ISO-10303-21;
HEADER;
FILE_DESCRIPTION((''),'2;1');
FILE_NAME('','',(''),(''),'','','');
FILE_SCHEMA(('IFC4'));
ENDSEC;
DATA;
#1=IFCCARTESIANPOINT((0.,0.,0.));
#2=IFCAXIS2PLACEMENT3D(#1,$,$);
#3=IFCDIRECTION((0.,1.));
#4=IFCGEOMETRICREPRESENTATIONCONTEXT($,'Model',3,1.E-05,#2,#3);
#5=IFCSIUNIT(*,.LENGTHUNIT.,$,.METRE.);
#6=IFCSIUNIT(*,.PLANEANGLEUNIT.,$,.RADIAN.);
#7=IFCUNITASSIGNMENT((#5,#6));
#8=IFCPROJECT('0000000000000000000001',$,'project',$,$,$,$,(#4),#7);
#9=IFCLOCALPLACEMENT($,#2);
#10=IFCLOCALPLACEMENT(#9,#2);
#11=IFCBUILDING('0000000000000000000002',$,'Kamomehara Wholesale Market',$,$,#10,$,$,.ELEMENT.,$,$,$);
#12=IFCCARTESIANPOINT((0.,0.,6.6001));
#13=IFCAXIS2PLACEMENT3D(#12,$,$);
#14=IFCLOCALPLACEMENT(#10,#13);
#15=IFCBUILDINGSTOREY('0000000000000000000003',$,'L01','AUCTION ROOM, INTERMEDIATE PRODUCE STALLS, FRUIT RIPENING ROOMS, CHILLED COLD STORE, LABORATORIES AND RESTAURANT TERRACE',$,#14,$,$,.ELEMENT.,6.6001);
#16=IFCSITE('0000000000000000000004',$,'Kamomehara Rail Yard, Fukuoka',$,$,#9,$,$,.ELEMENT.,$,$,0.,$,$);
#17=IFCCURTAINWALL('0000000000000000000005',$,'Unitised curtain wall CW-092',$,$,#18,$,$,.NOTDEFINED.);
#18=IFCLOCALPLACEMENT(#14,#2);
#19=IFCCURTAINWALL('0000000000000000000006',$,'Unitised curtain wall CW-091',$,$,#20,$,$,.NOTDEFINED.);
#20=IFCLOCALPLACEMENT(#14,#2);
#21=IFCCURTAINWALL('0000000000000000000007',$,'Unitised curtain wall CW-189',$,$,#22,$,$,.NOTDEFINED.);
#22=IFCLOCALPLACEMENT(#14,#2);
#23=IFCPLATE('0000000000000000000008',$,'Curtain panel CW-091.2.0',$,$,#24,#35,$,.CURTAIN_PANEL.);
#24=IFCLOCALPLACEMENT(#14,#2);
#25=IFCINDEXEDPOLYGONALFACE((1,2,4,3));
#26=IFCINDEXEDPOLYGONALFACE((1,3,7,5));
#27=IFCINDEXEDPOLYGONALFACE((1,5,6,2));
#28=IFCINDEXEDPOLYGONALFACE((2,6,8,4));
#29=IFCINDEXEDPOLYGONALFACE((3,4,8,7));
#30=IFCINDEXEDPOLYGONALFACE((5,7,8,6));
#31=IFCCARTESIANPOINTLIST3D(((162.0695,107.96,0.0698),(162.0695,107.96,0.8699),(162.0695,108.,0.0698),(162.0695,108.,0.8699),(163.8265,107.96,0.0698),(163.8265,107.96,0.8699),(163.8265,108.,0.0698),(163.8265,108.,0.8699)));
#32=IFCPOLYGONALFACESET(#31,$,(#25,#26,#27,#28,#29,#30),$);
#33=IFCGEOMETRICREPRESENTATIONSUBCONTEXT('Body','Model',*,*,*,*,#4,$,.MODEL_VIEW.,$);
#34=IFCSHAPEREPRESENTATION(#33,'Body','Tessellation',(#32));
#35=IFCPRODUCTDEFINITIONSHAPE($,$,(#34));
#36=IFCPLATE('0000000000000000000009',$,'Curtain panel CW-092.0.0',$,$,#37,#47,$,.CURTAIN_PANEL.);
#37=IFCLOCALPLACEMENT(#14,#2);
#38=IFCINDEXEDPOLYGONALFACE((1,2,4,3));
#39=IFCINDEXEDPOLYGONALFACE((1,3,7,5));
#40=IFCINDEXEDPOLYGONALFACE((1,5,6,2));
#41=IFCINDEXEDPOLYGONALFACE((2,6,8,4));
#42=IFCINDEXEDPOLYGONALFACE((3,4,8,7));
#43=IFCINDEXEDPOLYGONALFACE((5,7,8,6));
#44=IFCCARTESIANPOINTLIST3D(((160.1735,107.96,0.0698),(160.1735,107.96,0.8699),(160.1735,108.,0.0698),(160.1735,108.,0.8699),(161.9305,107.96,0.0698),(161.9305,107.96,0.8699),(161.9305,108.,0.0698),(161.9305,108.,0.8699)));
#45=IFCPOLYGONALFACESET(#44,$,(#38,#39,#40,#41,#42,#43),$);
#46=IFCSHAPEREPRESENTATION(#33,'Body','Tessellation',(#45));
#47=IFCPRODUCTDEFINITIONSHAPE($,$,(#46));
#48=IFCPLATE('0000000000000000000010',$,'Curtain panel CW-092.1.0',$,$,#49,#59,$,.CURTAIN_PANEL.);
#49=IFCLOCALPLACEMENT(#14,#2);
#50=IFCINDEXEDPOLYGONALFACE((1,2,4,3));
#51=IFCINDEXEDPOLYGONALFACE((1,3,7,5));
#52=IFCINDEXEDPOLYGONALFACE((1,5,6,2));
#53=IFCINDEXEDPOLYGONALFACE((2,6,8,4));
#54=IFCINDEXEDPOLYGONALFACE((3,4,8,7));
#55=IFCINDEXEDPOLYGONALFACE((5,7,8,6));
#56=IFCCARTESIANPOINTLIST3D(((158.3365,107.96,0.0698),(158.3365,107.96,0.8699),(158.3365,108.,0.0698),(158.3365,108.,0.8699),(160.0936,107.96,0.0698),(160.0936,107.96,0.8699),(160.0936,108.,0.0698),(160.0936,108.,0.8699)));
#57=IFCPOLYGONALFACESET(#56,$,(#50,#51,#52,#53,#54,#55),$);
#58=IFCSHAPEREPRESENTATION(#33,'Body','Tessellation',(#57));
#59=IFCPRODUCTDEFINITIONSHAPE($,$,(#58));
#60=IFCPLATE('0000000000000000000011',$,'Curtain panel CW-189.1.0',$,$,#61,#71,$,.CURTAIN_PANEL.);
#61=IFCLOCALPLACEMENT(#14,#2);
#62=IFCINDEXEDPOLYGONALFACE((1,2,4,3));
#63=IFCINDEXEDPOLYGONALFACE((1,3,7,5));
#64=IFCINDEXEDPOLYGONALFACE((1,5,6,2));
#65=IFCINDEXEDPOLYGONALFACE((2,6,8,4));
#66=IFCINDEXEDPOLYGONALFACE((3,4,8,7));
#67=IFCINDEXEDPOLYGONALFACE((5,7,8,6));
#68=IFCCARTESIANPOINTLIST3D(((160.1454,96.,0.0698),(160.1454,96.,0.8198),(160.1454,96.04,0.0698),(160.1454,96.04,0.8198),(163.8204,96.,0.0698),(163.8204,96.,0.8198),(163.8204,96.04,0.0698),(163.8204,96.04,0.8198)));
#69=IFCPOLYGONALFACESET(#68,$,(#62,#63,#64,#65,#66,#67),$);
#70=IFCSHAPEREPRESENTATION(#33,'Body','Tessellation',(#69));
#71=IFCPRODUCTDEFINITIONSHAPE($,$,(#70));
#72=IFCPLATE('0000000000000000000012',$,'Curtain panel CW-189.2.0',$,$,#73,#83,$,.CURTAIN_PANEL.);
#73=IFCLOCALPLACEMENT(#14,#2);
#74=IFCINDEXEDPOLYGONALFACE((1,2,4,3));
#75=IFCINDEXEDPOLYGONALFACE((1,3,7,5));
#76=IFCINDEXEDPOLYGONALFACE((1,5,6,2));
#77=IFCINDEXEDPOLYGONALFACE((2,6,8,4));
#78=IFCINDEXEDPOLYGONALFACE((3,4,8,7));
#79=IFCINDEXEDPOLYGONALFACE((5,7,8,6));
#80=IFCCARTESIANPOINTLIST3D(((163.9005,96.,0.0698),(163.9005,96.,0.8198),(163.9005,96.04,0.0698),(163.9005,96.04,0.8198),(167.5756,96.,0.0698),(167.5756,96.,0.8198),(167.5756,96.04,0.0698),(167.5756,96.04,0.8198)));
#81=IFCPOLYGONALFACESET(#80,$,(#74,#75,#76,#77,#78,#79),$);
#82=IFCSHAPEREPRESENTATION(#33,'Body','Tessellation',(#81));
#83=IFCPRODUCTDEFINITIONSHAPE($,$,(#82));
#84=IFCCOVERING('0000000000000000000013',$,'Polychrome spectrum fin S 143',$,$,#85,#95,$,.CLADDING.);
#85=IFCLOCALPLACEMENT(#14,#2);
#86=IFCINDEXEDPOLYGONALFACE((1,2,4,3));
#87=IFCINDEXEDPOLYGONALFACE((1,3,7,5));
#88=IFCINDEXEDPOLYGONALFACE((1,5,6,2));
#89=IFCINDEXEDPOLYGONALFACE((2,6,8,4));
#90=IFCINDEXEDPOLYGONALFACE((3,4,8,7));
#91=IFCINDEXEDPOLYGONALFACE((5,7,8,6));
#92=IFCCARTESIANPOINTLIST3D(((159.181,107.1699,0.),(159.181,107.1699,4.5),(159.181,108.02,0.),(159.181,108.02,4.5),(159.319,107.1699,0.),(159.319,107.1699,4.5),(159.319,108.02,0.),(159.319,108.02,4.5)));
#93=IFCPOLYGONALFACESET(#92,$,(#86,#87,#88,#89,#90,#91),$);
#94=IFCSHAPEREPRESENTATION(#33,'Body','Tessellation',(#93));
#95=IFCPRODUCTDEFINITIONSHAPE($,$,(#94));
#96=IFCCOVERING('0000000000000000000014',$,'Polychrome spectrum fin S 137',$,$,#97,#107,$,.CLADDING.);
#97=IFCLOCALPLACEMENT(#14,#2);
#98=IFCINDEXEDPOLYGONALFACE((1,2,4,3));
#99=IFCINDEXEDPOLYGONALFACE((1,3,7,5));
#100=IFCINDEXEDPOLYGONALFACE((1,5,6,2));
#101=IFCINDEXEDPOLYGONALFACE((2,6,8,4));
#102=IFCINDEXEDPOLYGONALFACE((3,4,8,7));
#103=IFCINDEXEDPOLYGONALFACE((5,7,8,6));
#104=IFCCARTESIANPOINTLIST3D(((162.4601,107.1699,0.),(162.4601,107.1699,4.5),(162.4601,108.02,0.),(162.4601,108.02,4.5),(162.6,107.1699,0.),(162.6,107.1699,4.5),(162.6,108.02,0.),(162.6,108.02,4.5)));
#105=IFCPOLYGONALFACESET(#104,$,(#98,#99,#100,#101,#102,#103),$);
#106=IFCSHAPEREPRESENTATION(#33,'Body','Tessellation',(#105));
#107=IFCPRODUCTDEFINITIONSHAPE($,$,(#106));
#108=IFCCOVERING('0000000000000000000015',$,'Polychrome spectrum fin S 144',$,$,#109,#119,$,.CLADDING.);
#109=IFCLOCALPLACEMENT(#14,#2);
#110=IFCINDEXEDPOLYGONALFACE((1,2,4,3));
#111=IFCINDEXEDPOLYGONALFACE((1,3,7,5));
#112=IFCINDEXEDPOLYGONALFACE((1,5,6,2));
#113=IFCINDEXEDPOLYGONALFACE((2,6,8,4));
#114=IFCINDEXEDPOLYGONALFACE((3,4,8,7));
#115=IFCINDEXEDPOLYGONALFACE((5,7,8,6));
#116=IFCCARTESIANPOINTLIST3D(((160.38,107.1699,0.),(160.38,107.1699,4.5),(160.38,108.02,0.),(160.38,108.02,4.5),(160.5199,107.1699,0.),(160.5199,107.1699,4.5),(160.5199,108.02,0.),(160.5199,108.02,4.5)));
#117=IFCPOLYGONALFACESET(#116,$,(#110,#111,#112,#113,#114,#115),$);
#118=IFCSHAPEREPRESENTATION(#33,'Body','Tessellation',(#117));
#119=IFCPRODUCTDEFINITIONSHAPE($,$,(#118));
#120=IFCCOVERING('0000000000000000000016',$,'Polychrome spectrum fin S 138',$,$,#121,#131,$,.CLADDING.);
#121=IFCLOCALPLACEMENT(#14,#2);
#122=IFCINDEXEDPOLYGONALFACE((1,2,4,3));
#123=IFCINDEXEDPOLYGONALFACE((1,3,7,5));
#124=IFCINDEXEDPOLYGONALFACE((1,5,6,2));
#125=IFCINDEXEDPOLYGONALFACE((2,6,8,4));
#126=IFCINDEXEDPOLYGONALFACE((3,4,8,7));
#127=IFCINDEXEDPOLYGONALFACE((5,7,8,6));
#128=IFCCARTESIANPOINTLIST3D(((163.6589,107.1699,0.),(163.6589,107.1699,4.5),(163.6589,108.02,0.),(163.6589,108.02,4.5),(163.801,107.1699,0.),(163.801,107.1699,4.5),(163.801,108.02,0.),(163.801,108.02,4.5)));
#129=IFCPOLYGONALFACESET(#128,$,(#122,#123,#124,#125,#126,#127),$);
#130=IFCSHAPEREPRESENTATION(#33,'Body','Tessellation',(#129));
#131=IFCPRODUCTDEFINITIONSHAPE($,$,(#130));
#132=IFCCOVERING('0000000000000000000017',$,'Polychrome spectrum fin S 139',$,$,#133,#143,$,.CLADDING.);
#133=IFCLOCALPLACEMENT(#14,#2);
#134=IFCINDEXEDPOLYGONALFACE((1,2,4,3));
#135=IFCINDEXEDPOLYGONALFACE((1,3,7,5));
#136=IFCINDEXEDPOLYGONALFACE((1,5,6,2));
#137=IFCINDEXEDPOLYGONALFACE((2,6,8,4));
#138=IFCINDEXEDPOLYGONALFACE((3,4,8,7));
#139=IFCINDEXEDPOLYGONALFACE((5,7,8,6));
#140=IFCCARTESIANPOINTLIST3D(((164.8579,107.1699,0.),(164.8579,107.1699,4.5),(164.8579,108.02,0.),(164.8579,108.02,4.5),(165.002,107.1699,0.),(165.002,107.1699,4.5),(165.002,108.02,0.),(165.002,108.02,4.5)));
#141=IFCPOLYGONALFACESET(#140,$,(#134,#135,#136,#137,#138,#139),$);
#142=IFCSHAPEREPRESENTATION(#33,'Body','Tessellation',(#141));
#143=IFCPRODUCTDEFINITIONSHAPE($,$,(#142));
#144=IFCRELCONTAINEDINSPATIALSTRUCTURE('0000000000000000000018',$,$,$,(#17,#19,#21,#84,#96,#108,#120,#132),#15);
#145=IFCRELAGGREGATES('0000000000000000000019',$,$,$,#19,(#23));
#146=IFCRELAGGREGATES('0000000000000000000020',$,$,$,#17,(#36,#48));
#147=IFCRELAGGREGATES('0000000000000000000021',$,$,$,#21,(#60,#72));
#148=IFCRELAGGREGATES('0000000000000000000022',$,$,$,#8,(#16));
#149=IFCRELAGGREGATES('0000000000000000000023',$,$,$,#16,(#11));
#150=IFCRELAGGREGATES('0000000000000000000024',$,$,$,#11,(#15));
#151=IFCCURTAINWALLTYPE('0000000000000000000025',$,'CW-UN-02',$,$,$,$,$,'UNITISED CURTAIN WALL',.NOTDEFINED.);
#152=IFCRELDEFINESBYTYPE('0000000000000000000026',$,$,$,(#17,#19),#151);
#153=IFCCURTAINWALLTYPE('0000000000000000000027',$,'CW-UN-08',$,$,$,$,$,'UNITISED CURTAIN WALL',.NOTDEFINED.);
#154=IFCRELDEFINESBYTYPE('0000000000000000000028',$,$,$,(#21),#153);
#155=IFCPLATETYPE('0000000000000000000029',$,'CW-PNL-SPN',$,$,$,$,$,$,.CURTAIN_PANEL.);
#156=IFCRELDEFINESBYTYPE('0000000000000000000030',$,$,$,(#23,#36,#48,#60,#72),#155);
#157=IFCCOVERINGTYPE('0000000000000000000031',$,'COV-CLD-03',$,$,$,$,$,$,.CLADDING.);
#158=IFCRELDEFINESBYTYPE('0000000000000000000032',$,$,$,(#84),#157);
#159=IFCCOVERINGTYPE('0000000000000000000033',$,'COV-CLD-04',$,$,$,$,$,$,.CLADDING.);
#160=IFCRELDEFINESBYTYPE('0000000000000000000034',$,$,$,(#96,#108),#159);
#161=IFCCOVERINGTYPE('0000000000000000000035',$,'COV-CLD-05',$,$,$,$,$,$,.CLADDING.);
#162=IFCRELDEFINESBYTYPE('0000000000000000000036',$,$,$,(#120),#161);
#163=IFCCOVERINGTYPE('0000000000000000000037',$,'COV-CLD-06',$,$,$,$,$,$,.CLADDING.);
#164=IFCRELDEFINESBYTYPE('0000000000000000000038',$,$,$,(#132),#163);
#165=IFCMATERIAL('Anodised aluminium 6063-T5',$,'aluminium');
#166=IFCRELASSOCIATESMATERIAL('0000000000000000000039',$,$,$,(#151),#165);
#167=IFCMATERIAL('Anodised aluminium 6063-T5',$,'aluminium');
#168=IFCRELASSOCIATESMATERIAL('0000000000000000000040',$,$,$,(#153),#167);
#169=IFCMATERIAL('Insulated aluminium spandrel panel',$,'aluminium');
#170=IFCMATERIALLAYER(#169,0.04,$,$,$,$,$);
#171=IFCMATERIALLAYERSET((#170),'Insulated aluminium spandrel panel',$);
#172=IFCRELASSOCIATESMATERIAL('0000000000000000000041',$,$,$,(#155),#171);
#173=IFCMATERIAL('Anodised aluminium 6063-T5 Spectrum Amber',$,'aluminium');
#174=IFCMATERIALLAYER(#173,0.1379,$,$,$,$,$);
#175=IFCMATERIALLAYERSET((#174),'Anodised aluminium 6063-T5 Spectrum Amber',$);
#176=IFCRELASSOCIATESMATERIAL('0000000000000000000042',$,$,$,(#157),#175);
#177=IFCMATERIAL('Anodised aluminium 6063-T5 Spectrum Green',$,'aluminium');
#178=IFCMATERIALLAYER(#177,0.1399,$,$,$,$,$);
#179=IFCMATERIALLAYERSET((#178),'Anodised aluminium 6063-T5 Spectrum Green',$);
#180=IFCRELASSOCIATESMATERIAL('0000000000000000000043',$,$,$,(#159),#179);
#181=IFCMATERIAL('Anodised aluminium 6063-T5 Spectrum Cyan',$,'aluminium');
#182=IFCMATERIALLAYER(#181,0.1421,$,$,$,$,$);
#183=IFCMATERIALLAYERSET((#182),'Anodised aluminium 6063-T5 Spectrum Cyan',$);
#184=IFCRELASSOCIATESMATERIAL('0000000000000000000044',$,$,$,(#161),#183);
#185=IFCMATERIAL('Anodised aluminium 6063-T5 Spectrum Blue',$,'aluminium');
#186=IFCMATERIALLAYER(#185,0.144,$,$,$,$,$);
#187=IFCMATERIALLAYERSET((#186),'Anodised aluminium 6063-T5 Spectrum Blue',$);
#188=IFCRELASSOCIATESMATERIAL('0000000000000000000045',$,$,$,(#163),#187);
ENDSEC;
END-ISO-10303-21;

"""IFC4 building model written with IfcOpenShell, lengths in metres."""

from ifc_helpers import new_model, si_unit, direction, frame, origin, origin_2d, place, context, subcontext, project, spatial, rectangle, extrude, material, layer, layer_set, type_object, element, aggregate, save


model = new_model("IFC4")

# Units and contexts
model_context = context("Model", 3, precision=1e-05, world=origin(), true_north=direction((0.0, 1.0)))
body_context = subcontext(model_context, "Body", "Model", "MODEL_VIEW")
ifc_project = project(units=[si_unit("LENGTHUNIT", "METRE"), si_unit("PLANEANGLEUNIT", "RADIAN")], contexts=[model_context])

# Site, building, storey
site_placement = place(None, origin())
site = spatial("IfcSite", under=ifc_project, at=site_placement, Name="Kamomehara Rail Yard, Fukuoka", CompositionType="ELEMENT", RefElevation=0.0)
building_placement = place(site_placement, origin())
building = spatial("IfcBuilding", under=site, at=building_placement, Name="Kamomehara Wholesale Market", CompositionType="ELEMENT")
storey_placement = place(building_placement, frame((0.0, 0.0, 6.6001)))
storey = spatial("IfcBuildingStorey", under=building, at=storey_placement, Name="L01", Description="AUCTION ROOM, INTERMEDIATE PRODUCE STALLS, FRUIT RIPENING ROOMS, CHILLED COLD STORE, LABORATORIES AND RESTAURANT TERRACE", CompositionType="ELEMENT", Elevation=6.6001)

# Curtain wall
ifc_material_1 = material(Name="Anodised aluminium 6063-T5", Category="aluminium")
curtain_wall_type_1 = type_object("IfcCurtainWallType", Name="CW-UN-02", ElementType="UNITISED CURTAIN WALL", PredefinedType="NOTDEFINED", material=ifc_material_1)
curtain_wall_1_placement = place(storey_placement, origin())
curtain_wall_1 = element("IfcCurtainWall", 1, at=curtain_wall_1_placement, inside=storey, type_object=curtain_wall_type_1, Name="Unitised curtain wall CW-092", PredefinedType="NOTDEFINED")

# Curtain wall
curtain_wall_2_placement = place(storey_placement, origin())
curtain_wall_2 = element("IfcCurtainWall", 2, at=curtain_wall_2_placement, inside=storey, type_object=curtain_wall_type_1, Name="Unitised curtain wall CW-091", PredefinedType="NOTDEFINED")

# Curtain wall
ifc_material_2 = material(Name="Anodised aluminium 6063-T5", Category="aluminium")
curtain_wall_type_2 = type_object("IfcCurtainWallType", Name="CW-UN-08", ElementType="UNITISED CURTAIN WALL", PredefinedType="NOTDEFINED", material=ifc_material_2)
curtain_wall_3_placement = place(storey_placement, origin())
curtain_wall_3 = element("IfcCurtainWall", 3, at=curtain_wall_3_placement, inside=storey, type_object=curtain_wall_type_2, Name="Unitised curtain wall CW-189", PredefinedType="NOTDEFINED")

# Plates
ifc_material_3 = material(Name="Insulated aluminium spandrel panel", Category="aluminium")
ifc_layer_1 = layer(ifc_material_3, 0.04)
ifc_layer_set_1 = layer_set([ifc_layer_1], Name="Insulated aluminium spandrel panel")
plate_type_1 = type_object("IfcPlateType", Name="CW-PNL-SPN", PredefinedType="CURTAIN_PANEL", material=ifc_layer_set_1)
plate_1_placement = place(storey_placement, frame((162.948, 107.98, 0.0698), z_axis=(0.0, 0.0, 1.0), x_axis=(-1.0, 0.0, 0.0)))
plate_1 = element("IfcPlate", 4, at=plate_1_placement, type_object=plate_type_1, Name="Curtain panel CW-091.2.0", PredefinedType="CURTAIN_PANEL", context=body_context, shape_type="SweptSolid", body=[
    extrude(rectangle(XDim=1.7571, YDim=0.04, at=origin_2d()), origin(), (0.0, 0.0, 1.0), 0.8),
])
aggregate(curtain_wall_2, [plate_1])
plate_2_placement = place(storey_placement, frame((161.052, 107.98, 0.0698), z_axis=(0.0, 0.0, 1.0), x_axis=(-1.0, 0.0, 0.0)))
plate_2 = element("IfcPlate", 5, at=plate_2_placement, type_object=plate_type_1, Name="Curtain panel CW-092.0.0", PredefinedType="CURTAIN_PANEL", context=body_context, shape_type="SweptSolid", body=[
    extrude(rectangle(XDim=1.7571, YDim=0.04, at=origin_2d()), origin(), (0.0, 0.0, 1.0), 0.8),
])
plate_3_placement = place(storey_placement, frame((159.2151, 107.98, 0.0698), z_axis=(0.0, 0.0, 1.0), x_axis=(-1.0, 0.0, 0.0)))
plate_3 = element("IfcPlate", 6, at=plate_3_placement, type_object=plate_type_1, Name="Curtain panel CW-092.1.0", PredefinedType="CURTAIN_PANEL", context=body_context, shape_type="SweptSolid", body=[
    extrude(rectangle(XDim=1.7571, YDim=0.04, at=origin_2d()), origin(), (0.0, 0.0, 1.0), 0.8),
])
aggregate(curtain_wall_1, [plate_2, plate_3])
plate_4_placement = place(storey_placement, frame((161.9829, 96.02, 0.0698), z_axis=(0.0, 0.0, 1.0), x_axis=(1.0, 0.0, 0.0)))
plate_4 = element("IfcPlate", 7, at=plate_4_placement, type_object=plate_type_1, Name="Curtain panel CW-189.1.0", PredefinedType="CURTAIN_PANEL", context=body_context, shape_type="SweptSolid", body=[
    extrude(rectangle(XDim=3.675, YDim=0.04, at=origin_2d()), origin(), (0.0, 0.0, 1.0), 0.75),
])
plate_5_placement = place(storey_placement, frame((165.738, 96.02, 0.0698), z_axis=(0.0, 0.0, 1.0), x_axis=(1.0, 0.0, 0.0)))
plate_5 = element("IfcPlate", 8, at=plate_5_placement, type_object=plate_type_1, Name="Curtain panel CW-189.2.0", PredefinedType="CURTAIN_PANEL", context=body_context, shape_type="SweptSolid", body=[
    extrude(rectangle(XDim=3.675, YDim=0.04, at=origin_2d()), origin(), (0.0, 0.0, 1.0), 0.75),
])
aggregate(curtain_wall_3, [plate_4, plate_5])

# Coverings
ifc_material_4 = material(Name="Anodised aluminium 6063-T5 Spectrum Amber", Category="aluminium")
ifc_layer_2 = layer(ifc_material_4, 0.1379)
ifc_layer_set_2 = layer_set([ifc_layer_2], Name="Anodised aluminium 6063-T5 Spectrum Amber")
covering_type_1 = type_object("IfcCoveringType", Name="COV-CLD-03", PredefinedType="CLADDING", material=ifc_layer_set_2)
covering_1_placement = place(storey_placement, frame((159.25, 107.595, 0.0), z_axis=(0.0, 0.0, 1.0), x_axis=(1.0, 0.0, 0.0)))
element("IfcCovering", 9, at=covering_1_placement, inside=storey, type_object=covering_type_1, Name="Polychrome spectrum fin S 143", PredefinedType="CLADDING", context=body_context, shape_type="SweptSolid", body=[
    extrude(rectangle(XDim=0.1379, YDim=0.8501, at=origin_2d()), origin(), (0.0, 0.0, 1.0), 4.5),
])
ifc_material_5 = material(Name="Anodised aluminium 6063-T5 Spectrum Green", Category="aluminium")
ifc_layer_3 = layer(ifc_material_5, 0.1399)
ifc_layer_set_3 = layer_set([ifc_layer_3], Name="Anodised aluminium 6063-T5 Spectrum Green")
covering_type_2 = type_object("IfcCoveringType", Name="COV-CLD-04", PredefinedType="CLADDING", material=ifc_layer_set_3)
for number, where, z_axis, x_axis, name in (
    (10, (162.53, 107.595, 0.0), (0.0, 0.0, 1.0), (1.0, 0.0, 0.0), "Polychrome spectrum fin S 137"),
    (11, (160.45, 107.595, 0.0), (0.0, 0.0, 1.0), (1.0, 0.0, 0.0), "Polychrome spectrum fin S 144"),
):
    element("IfcCovering", number, at=place(storey_placement, frame(where, z_axis=z_axis, x_axis=x_axis)), inside=storey, type_object=covering_type_2, Name=name, PredefinedType="CLADDING", context=body_context, shape_type="SweptSolid", body=[
        extrude(rectangle(XDim=0.1399, YDim=0.8501, at=origin_2d()), origin(), (0.0, 0.0, 1.0), 4.5),
    ])
ifc_material_6 = material(Name="Anodised aluminium 6063-T5 Spectrum Cyan", Category="aluminium")
ifc_layer_4 = layer(ifc_material_6, 0.1421)
ifc_layer_set_4 = layer_set([ifc_layer_4], Name="Anodised aluminium 6063-T5 Spectrum Cyan")
covering_type_3 = type_object("IfcCoveringType", Name="COV-CLD-05", PredefinedType="CLADDING", material=ifc_layer_set_4)
covering_2_placement = place(storey_placement, frame((163.73, 107.595, 0.0), z_axis=(0.0, 0.0, 1.0), x_axis=(1.0, 0.0, 0.0)))
element("IfcCovering", 12, at=covering_2_placement, inside=storey, type_object=covering_type_3, Name="Polychrome spectrum fin S 138", PredefinedType="CLADDING", context=body_context, shape_type="SweptSolid", body=[
    extrude(rectangle(XDim=0.1421, YDim=0.8501, at=origin_2d()), origin(), (0.0, 0.0, 1.0), 4.5),
])
ifc_material_7 = material(Name="Anodised aluminium 6063-T5 Spectrum Blue", Category="aluminium")
ifc_layer_5 = layer(ifc_material_7, 0.144)
ifc_layer_set_5 = layer_set([ifc_layer_5], Name="Anodised aluminium 6063-T5 Spectrum Blue")
covering_type_4 = type_object("IfcCoveringType", Name="COV-CLD-06", PredefinedType="CLADDING", material=ifc_layer_set_5)
covering_3_placement = place(storey_placement, frame((164.9299, 107.595, 0.0), z_axis=(0.0, 0.0, 1.0), x_axis=(1.0, 0.0, 0.0)))
element("IfcCovering", 13, at=covering_3_placement, inside=storey, type_object=covering_type_4, Name="Polychrome spectrum fin S 139", PredefinedType="CLADDING", context=body_context, shape_type="SweptSolid", body=[
    extrude(rectangle(XDim=0.144, YDim=0.8501, at=origin_2d()), origin(), (0.0, 0.0, 1.0), 4.5),
])

save(model, "model.ifc")
